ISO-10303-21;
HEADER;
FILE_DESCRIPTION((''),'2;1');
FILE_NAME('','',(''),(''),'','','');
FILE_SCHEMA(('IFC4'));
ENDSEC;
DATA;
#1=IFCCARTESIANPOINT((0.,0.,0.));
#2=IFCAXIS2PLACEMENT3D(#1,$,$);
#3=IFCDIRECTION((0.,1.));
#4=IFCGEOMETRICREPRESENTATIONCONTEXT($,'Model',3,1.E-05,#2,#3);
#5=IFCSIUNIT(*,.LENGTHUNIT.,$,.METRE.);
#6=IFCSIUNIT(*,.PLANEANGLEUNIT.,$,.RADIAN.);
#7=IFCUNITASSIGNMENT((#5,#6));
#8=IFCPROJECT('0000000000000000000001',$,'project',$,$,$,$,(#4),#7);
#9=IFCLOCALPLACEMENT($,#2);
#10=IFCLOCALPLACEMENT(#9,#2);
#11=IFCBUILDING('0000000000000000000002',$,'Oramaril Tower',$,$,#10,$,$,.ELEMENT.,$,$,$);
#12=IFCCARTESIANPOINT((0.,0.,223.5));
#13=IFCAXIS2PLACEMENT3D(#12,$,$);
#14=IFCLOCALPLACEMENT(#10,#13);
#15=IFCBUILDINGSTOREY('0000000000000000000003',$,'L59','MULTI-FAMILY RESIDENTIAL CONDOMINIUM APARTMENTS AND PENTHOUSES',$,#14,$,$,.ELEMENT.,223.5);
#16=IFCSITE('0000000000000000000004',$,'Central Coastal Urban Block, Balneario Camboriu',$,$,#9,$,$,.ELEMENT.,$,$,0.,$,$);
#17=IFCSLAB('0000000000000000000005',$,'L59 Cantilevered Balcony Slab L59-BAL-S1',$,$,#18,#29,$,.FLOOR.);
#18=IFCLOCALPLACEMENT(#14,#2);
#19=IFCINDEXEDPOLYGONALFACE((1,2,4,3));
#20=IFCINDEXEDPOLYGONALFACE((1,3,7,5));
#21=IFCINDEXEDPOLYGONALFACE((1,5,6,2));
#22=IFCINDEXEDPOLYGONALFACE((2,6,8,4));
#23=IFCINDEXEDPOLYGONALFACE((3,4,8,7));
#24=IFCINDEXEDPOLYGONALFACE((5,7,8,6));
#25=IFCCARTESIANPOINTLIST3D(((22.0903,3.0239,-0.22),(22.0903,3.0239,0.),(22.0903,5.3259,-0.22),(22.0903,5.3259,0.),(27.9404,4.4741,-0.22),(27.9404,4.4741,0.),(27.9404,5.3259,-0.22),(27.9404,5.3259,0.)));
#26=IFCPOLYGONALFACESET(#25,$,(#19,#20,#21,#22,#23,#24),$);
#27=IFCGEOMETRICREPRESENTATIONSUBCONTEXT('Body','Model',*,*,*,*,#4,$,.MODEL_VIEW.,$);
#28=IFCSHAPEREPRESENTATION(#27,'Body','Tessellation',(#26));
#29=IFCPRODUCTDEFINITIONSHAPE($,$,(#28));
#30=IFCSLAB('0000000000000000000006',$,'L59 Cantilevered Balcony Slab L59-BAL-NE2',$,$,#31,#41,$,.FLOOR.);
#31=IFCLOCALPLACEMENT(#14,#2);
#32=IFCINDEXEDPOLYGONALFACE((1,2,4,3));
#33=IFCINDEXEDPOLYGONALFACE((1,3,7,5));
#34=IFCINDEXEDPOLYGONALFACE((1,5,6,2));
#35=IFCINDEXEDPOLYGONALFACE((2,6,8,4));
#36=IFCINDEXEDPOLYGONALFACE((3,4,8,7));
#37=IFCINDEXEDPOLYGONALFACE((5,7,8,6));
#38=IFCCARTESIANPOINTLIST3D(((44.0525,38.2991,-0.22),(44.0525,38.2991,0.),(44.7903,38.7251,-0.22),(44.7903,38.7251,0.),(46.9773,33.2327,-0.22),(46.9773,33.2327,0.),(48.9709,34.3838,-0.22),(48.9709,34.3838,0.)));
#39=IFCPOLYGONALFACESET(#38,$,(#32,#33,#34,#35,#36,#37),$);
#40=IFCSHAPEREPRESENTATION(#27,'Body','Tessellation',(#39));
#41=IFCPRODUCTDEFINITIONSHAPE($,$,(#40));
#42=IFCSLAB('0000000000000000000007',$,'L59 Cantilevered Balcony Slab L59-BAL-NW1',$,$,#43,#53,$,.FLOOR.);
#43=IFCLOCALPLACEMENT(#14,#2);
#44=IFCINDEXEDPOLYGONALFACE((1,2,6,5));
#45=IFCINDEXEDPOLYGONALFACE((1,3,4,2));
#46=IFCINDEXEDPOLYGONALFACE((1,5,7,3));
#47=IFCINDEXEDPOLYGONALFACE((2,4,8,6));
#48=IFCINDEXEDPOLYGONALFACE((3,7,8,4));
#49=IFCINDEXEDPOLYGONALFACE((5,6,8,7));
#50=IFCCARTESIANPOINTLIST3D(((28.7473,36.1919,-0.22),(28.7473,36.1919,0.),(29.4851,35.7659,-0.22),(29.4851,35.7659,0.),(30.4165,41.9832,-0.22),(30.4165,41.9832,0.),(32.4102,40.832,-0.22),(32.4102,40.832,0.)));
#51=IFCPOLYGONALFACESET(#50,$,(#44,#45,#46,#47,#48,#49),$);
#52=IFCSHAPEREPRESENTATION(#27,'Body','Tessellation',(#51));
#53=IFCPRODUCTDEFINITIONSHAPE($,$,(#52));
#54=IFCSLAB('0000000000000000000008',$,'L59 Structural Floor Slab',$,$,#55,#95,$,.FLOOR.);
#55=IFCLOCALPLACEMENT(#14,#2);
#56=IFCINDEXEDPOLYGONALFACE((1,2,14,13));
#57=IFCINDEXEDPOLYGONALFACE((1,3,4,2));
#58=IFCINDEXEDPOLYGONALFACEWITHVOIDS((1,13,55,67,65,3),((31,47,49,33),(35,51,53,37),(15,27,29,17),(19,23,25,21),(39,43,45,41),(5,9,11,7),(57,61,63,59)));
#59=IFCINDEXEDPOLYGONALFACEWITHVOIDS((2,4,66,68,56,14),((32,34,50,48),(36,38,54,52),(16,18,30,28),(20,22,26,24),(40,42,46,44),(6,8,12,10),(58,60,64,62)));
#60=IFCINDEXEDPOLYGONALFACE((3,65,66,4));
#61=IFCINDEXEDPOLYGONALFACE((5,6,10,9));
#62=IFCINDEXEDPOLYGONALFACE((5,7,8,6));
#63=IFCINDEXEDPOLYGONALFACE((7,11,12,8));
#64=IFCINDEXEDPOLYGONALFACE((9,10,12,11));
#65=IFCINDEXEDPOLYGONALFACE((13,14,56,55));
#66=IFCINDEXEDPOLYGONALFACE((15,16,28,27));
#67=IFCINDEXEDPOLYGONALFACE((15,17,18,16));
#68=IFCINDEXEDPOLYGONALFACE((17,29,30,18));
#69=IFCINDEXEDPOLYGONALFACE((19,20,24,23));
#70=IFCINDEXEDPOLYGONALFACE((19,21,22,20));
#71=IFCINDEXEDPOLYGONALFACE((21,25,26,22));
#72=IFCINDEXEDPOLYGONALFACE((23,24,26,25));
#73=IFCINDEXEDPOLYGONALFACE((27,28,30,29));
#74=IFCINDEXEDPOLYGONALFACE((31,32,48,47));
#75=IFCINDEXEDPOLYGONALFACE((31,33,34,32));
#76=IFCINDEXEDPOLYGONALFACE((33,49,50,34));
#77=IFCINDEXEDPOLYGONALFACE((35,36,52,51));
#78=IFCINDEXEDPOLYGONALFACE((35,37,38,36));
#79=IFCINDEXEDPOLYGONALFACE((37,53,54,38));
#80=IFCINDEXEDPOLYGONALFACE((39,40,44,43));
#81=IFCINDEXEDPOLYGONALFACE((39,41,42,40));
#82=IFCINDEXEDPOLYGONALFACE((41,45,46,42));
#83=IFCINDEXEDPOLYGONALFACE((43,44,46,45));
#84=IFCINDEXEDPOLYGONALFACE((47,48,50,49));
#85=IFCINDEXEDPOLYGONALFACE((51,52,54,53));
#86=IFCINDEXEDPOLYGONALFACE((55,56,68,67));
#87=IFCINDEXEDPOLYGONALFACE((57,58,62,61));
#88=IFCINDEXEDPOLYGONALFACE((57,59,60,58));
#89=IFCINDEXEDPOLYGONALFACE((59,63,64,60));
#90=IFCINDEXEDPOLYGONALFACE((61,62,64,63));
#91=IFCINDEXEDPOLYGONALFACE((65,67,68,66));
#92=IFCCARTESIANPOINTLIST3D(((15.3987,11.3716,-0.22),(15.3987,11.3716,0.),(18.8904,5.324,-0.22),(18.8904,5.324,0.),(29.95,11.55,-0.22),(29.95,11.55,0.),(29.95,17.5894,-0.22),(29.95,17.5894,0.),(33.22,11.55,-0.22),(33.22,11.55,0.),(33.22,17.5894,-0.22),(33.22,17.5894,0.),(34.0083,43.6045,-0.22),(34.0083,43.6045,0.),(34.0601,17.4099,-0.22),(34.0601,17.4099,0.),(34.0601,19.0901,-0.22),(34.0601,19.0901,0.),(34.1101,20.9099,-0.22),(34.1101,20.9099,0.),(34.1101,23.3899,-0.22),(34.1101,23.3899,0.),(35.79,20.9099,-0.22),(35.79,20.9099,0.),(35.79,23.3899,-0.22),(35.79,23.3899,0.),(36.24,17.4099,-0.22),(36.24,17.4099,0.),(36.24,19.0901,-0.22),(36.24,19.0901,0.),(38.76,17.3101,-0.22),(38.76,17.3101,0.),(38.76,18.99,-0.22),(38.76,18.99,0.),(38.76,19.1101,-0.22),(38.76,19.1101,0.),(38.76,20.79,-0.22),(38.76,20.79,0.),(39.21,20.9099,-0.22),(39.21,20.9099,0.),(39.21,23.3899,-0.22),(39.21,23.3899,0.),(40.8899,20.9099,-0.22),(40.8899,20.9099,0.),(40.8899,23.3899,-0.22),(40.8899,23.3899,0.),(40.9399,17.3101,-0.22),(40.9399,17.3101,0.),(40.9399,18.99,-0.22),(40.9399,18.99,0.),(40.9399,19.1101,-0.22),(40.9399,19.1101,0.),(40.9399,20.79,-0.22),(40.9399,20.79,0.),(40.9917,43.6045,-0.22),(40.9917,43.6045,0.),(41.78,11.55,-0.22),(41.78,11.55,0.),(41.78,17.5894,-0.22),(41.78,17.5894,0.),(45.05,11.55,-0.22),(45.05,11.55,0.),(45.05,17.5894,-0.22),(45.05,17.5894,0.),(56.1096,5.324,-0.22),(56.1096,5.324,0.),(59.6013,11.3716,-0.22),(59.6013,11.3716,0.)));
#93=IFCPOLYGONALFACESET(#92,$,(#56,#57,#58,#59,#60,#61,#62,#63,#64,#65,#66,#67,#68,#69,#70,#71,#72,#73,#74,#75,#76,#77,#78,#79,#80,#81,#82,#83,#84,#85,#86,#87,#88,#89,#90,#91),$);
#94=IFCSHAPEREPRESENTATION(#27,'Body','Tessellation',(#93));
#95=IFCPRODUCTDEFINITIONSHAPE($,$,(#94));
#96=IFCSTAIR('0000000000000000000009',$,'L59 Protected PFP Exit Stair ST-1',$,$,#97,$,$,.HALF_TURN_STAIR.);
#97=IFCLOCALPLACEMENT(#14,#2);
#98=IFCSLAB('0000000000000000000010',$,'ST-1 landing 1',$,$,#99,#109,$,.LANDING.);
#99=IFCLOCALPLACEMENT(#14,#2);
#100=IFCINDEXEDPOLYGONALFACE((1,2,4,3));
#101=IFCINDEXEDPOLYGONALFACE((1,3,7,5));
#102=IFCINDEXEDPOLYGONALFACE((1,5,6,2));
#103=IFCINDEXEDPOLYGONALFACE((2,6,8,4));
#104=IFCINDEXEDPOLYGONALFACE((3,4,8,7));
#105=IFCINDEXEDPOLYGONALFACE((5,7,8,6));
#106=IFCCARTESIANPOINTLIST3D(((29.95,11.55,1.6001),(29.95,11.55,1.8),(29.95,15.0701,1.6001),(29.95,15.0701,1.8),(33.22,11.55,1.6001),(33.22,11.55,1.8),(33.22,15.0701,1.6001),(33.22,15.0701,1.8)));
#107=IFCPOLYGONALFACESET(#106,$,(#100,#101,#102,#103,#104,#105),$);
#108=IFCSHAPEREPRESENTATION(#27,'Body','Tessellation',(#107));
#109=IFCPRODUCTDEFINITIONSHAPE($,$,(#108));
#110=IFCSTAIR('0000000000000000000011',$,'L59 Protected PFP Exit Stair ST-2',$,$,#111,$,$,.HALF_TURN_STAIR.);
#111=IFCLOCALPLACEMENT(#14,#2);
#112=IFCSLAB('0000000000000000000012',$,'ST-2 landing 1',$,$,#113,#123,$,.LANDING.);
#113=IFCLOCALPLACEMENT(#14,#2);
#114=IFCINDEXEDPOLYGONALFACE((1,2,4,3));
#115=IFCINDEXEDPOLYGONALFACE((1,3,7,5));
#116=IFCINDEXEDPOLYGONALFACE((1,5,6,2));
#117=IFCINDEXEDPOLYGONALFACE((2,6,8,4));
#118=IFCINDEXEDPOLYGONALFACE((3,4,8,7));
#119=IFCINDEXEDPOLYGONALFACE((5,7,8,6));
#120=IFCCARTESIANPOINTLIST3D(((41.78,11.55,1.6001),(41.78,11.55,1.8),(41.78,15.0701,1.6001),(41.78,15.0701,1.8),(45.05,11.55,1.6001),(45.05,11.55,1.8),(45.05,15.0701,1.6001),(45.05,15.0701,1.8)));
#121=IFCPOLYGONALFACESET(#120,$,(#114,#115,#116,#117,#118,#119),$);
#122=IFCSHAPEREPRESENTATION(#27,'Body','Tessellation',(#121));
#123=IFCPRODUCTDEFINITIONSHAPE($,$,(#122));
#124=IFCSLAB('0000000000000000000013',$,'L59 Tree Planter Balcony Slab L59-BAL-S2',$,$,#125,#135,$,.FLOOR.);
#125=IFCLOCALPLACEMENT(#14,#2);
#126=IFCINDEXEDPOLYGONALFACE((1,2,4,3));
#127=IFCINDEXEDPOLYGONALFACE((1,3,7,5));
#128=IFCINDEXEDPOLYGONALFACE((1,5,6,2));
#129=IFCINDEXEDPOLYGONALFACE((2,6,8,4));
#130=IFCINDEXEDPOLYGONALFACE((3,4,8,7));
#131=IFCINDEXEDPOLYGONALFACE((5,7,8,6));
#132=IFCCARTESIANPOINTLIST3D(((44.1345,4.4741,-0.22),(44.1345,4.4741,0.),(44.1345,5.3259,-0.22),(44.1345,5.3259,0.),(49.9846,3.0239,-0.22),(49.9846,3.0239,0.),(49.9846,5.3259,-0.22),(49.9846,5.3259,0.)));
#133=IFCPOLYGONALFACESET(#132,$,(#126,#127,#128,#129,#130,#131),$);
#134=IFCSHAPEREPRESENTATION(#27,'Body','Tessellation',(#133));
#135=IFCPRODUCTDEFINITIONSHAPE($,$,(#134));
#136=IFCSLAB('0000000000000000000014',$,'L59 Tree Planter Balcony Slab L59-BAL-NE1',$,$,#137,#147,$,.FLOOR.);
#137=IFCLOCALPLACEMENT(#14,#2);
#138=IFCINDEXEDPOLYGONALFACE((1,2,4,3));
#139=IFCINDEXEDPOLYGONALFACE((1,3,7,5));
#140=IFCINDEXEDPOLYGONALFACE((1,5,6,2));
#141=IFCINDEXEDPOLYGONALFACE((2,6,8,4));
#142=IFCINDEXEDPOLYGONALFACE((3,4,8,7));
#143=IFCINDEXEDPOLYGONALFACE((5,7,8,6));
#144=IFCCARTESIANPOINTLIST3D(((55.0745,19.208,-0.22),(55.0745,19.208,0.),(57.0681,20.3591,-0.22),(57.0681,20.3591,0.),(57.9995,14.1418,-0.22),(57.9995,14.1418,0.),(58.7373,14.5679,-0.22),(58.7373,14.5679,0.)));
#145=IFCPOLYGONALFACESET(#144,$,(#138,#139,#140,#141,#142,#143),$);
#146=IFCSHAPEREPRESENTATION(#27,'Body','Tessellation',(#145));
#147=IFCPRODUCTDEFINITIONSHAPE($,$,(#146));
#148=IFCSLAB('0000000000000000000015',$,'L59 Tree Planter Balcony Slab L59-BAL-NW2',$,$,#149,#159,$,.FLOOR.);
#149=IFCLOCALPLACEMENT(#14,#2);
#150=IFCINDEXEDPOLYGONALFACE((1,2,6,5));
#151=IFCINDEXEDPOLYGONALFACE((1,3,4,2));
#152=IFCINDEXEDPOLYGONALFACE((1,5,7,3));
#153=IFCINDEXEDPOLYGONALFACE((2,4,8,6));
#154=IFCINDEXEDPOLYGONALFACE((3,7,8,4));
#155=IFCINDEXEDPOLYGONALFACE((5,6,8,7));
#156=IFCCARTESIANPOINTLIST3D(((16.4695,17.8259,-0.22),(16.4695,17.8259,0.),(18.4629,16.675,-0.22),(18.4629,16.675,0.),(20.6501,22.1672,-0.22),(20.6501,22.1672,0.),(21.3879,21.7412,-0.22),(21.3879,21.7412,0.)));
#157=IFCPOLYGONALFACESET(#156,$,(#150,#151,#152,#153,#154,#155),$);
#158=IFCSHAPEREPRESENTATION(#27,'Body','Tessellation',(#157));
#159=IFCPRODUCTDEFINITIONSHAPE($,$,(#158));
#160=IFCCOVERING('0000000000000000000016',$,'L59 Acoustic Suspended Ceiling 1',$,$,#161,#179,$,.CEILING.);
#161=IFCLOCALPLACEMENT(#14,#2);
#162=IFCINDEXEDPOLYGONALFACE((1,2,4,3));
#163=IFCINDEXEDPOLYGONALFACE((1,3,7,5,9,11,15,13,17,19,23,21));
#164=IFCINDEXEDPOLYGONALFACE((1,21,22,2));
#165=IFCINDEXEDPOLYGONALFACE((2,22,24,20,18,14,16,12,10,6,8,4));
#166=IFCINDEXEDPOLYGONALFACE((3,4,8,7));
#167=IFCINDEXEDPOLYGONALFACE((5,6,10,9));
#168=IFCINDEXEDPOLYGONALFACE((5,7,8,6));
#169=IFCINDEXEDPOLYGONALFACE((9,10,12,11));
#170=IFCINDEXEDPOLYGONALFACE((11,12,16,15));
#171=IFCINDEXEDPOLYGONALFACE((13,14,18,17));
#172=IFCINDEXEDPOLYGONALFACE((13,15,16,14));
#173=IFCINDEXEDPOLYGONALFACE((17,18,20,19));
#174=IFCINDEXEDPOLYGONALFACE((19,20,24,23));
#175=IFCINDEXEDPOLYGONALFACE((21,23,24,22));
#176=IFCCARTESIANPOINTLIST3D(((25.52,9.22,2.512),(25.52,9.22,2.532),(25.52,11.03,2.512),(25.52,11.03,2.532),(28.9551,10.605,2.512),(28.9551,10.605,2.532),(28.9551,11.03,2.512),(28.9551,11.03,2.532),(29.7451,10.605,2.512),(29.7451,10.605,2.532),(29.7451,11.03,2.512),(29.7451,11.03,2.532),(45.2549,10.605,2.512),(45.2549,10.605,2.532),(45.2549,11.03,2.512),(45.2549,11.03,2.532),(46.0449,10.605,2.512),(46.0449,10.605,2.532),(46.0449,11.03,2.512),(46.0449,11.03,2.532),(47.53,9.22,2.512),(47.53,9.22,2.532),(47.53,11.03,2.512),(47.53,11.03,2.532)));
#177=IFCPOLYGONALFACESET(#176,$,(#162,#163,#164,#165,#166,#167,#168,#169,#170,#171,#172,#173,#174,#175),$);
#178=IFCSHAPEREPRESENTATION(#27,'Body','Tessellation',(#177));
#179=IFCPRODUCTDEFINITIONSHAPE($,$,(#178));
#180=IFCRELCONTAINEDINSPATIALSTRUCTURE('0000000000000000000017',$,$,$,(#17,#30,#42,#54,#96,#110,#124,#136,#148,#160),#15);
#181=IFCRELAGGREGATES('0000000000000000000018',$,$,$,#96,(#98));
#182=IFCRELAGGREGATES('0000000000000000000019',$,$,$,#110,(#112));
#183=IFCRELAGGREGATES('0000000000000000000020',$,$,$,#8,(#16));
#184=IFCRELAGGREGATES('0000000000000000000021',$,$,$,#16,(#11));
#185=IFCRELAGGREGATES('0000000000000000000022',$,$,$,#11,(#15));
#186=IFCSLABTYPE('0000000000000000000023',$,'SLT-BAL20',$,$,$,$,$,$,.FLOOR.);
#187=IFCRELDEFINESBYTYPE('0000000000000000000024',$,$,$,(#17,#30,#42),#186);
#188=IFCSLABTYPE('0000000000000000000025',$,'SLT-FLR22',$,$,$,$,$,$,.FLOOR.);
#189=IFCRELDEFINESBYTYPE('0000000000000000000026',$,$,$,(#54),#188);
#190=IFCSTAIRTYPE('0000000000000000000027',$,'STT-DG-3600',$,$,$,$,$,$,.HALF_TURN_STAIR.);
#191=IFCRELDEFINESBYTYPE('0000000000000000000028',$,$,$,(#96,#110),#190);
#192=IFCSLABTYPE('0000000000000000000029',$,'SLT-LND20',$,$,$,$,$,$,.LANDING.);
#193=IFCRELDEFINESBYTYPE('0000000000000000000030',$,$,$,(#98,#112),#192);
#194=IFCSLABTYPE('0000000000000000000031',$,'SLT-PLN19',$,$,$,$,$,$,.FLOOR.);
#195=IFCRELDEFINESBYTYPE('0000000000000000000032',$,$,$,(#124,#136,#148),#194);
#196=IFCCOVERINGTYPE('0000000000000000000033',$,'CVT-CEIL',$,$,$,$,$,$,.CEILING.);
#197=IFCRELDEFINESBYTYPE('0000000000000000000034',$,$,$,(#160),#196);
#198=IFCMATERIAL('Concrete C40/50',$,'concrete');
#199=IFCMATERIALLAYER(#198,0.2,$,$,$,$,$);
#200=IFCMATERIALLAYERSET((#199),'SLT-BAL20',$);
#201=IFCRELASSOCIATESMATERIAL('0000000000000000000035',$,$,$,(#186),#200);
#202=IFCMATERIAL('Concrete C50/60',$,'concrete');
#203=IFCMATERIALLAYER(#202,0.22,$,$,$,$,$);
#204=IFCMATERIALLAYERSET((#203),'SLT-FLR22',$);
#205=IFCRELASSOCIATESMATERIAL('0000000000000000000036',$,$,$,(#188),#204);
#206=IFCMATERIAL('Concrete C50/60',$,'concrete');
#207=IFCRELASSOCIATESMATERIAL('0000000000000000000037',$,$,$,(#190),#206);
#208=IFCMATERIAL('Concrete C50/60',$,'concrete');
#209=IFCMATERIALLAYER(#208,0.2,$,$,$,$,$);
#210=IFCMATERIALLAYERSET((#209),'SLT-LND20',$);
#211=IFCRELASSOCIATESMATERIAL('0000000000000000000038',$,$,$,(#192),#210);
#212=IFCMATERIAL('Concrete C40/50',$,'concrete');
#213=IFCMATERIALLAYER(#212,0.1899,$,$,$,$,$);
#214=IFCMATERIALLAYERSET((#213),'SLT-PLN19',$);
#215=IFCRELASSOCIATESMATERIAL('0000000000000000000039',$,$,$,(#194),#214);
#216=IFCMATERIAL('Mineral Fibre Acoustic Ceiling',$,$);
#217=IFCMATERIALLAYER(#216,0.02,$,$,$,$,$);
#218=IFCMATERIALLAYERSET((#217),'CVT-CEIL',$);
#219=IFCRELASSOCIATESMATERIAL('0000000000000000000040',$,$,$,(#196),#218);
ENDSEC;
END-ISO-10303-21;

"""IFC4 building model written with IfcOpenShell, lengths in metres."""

from ifc_helpers import new_model, si_unit, direction, frame, origin, place, context, subcontext, project, spatial, polyline, outline, extrude, material, layer, layer_set, type_object, element, aggregate, save


model = new_model("IFC4")

# Units and contexts
model_context = context("Model", 3, precision=1e-05, world=origin(), true_north=direction((0.0, 1.0)))
body_context = subcontext(model_context, "Body", "Model", "MODEL_VIEW")
ifc_project = project(units=[si_unit("LENGTHUNIT", "METRE"), si_unit("PLANEANGLEUNIT", "RADIAN")], contexts=[model_context])

# Site, building, storey
site_placement = place(None, origin())
site = spatial("IfcSite", under=ifc_project, at=site_placement, Name="Central Coastal Urban Block, Balneario Camboriu", CompositionType="ELEMENT", RefElevation=0.0)
building_placement = place(site_placement, origin())
building = spatial("IfcBuilding", under=site, at=building_placement, Name="Oramaril Tower", CompositionType="ELEMENT")
storey_placement = place(building_placement, frame((0.0, 0.0, 223.5)))
storey = spatial("IfcBuildingStorey", under=building, at=storey_placement, Name="L59", Description="MULTI-FAMILY RESIDENTIAL CONDOMINIUM APARTMENTS AND PENTHOUSES", CompositionType="ELEMENT", Elevation=223.5)

# Slabs
ifc_material_1 = material(Name="Concrete C40/50", Category="concrete")
ifc_layer_1 = layer(ifc_material_1, 0.2)
ifc_layer_set_1 = layer_set([ifc_layer_1], Name="SLT-BAL20")
slab_type_1 = type_object("IfcSlabType", Name="SLT-BAL20", PredefinedType="FLOOR", material=ifc_layer_set_1)
slab_1_placement = place(storey_placement, frame((0.0, 0.0, -0.22)))
element("IfcSlab", 1, at=slab_1_placement, inside=storey, type_object=slab_type_1, Name="L59 Cantilevered Balcony Slab L59-BAL-S1", PredefinedType="FLOOR", context=body_context, shape_type="SweptSolid", body=[
    extrude(outline(polyline([(22.0903, 5.3259), (27.9404, 5.3259), (27.9404, 4.4741), (22.0903, 3.0239), (22.0903, 5.3259)])), origin(), (0.0, 0.0, 1.0), 0.22),
])
slab_2_placement = place(storey_placement, frame((0.0, 0.0, -0.22)))
element("IfcSlab", 2, at=slab_2_placement, inside=storey, type_object=slab_type_1, Name="L59 Cantilevered Balcony Slab L59-BAL-NE2", PredefinedType="FLOOR", context=body_context, shape_type="SweptSolid", body=[
    extrude(outline(polyline([(46.9773, 33.2327), (44.0525, 38.2991), (44.7903, 38.7251), (48.9709, 34.3838), (46.9773, 33.2327)])), origin(), (0.0, 0.0, 1.0), 0.22),
])
slab_3_placement = place(storey_placement, frame((0.0, 0.0, -0.22)))
element("IfcSlab", 3, at=slab_3_placement, inside=storey, type_object=slab_type_1, Name="L59 Cantilevered Balcony Slab L59-BAL-NW1", PredefinedType="FLOOR", context=body_context, shape_type="SweptSolid", body=[
    extrude(outline(polyline([(32.4102, 40.832), (29.4851, 35.7659), (28.7473, 36.1919), (30.4165, 41.9832), (32.4102, 40.832)])), origin(), (0.0, 0.0, 1.0), 0.22),
])
ifc_material_2 = material(Name="Concrete C50/60", Category="concrete")
ifc_layer_2 = layer(ifc_material_2, 0.22)
ifc_layer_set_2 = layer_set([ifc_layer_2], Name="SLT-FLR22")
slab_type_2 = type_object("IfcSlabType", Name="SLT-FLR22", PredefinedType="FLOOR", material=ifc_layer_set_2)
slab_4_placement = place(storey_placement, frame((0.0, 0.0, -0.22)))
element("IfcSlab", 4, at=slab_4_placement, inside=storey, type_object=slab_type_2, Name="L59 Structural Floor Slab", PredefinedType="FLOOR", context=body_context, shape_type="SweptSolid", body=[
    extrude(outline(polyline([(15.3987, 11.3716), (18.8904, 5.324), (56.1096, 5.324), (59.6013, 11.3716), (40.9917, 43.6045), (34.0083, 43.6045), (15.3987, 11.3716)]), holes=[polyline([(29.95, 17.5894), (29.95, 11.55), (33.22, 11.55), (33.22, 17.5894), (29.95, 17.5894)]), polyline([(41.78, 17.5894), (41.78, 11.55), (45.05, 11.55), (45.05, 17.5894), (41.78, 17.5894)]), polyline([(34.1101, 20.9099), (35.79, 20.9099), (35.79, 23.3899), (34.1101, 23.3899), (34.1101, 20.9099)]), polyline([(39.21, 20.9099), (40.8899, 20.9099), (40.8899, 23.3899), (39.21, 23.3899), (39.21, 20.9099)]), polyline([(34.0601, 17.4099), (36.24, 17.4099), (36.24, 19.0901), (34.0601, 19.0901), (34.0601, 17.4099)]), polyline([(38.76, 17.3101), (40.9399, 17.3101), (40.9399, 18.99), (38.76, 18.99), (38.76, 17.3101)]), polyline([(38.76, 19.1101), (40.9399, 19.1101), (40.9399, 20.79), (38.76, 20.79), (38.76, 19.1101)])]), origin(), (0.0, 0.0, 1.0), 0.22),
])

# Stairs, slabs
ifc_material_3 = material(Name="Concrete C50/60", Category="concrete")
stair_type = type_object("IfcStairType", Name="STT-DG-3600", PredefinedType="HALF_TURN_STAIR", material=ifc_material_3)
stair_1_placement = place(storey_placement, origin())
stair_1 = element("IfcStair", 5, at=stair_1_placement, inside=storey, type_object=stair_type, Name="L59 Protected PFP Exit Stair ST-1", PredefinedType="HALF_TURN_STAIR")
ifc_material_4 = material(Name="Concrete C50/60", Category="concrete")
ifc_layer_3 = layer(ifc_material_4, 0.2)
ifc_layer_set_3 = layer_set([ifc_layer_3], Name="SLT-LND20")
slab_type_3 = type_object("IfcSlabType", Name="SLT-LND20", PredefinedType="LANDING", material=ifc_layer_set_3)
slab_5_placement = place(storey_placement, frame((0.0, 0.0, 1.6001)))
slab_5 = element("IfcSlab", 6, at=slab_5_placement, type_object=slab_type_3, Name="ST-1 landing 1", PredefinedType="LANDING", context=body_context, shape_type="SweptSolid", body=[
    extrude(outline(polyline([(29.95, 15.0701), (29.95, 11.55), (33.22, 11.55), (33.22, 15.0701), (29.95, 15.0701)])), origin(), (0.0, 0.0, 1.0), 0.2),
])
aggregate(stair_1, [slab_5])
stair_2_placement = place(storey_placement, origin())
stair_2 = element("IfcStair", 7, at=stair_2_placement, inside=storey, type_object=stair_type, Name="L59 Protected PFP Exit Stair ST-2", PredefinedType="HALF_TURN_STAIR")
slab_6_placement = place(storey_placement, frame((0.0, 0.0, 1.6001)))
slab_6 = element("IfcSlab", 8, at=slab_6_placement, type_object=slab_type_3, Name="ST-2 landing 1", PredefinedType="LANDING", context=body_context, shape_type="SweptSolid", body=[
    extrude(outline(polyline([(41.78, 15.0701), (41.78, 11.55), (45.05, 11.55), (45.05, 15.0701), (41.78, 15.0701)])), origin(), (0.0, 0.0, 1.0), 0.2),
])
aggregate(stair_2, [slab_6])

# Slabs
ifc_material_5 = material(Name="Concrete C40/50", Category="concrete")
ifc_layer_4 = layer(ifc_material_5, 0.1899)
ifc_layer_set_4 = layer_set([ifc_layer_4], Name="SLT-PLN19")
slab_type_4 = type_object("IfcSlabType", Name="SLT-PLN19", PredefinedType="FLOOR", material=ifc_layer_set_4)
slab_7_placement = place(storey_placement, frame((0.0, 0.0, -0.22)))
element("IfcSlab", 9, at=slab_7_placement, inside=storey, type_object=slab_type_4, Name="L59 Tree Planter Balcony Slab L59-BAL-S2", PredefinedType="FLOOR", context=body_context, shape_type="SweptSolid", body=[
    extrude(outline(polyline([(44.1345, 5.3259), (49.9846, 5.3259), (49.9846, 3.0239), (44.1345, 4.4741), (44.1345, 5.3259)])), origin(), (0.0, 0.0, 1.0), 0.22),
])
slab_8_placement = place(storey_placement, frame((0.0, 0.0, -0.22)))
element("IfcSlab", 10, at=slab_8_placement, inside=storey, type_object=slab_type_4, Name="L59 Tree Planter Balcony Slab L59-BAL-NE1", PredefinedType="FLOOR", context=body_context, shape_type="SweptSolid", body=[
    extrude(outline(polyline([(57.9995, 14.1418), (55.0745, 19.208), (57.0681, 20.3591), (58.7373, 14.5679), (57.9995, 14.1418)])), origin(), (0.0, 0.0, 1.0), 0.22),
])
slab_9_placement = place(storey_placement, frame((0.0, 0.0, -0.22)))
element("IfcSlab", 11, at=slab_9_placement, inside=storey, type_object=slab_type_4, Name="L59 Tree Planter Balcony Slab L59-BAL-NW2", PredefinedType="FLOOR", context=body_context, shape_type="SweptSolid", body=[
    extrude(outline(polyline([(21.3879, 21.7412), (18.4629, 16.675), (16.4695, 17.8259), (20.6501, 22.1672), (21.3879, 21.7412)])), origin(), (0.0, 0.0, 1.0), 0.22),
])

# Covering
ifc_material_6 = material(Name="Mineral Fibre Acoustic Ceiling")
ifc_layer_5 = layer(ifc_material_6, 0.02)
ifc_layer_set_5 = layer_set([ifc_layer_5], Name="CVT-CEIL")
covering_type_1 = type_object("IfcCoveringType", Name="CVT-CEIL", PredefinedType="CEILING", material=ifc_layer_set_5)
covering_1_placement = place(storey_placement, frame((0.0, 0.0, 2.512)))
element("IfcCovering", 12, at=covering_1_placement, inside=storey, type_object=covering_type_1, Name="L59 Acoustic Suspended Ceiling 1", PredefinedType="CEILING", context=body_context, shape_type="SweptSolid", body=[
    extrude(outline(polyline([(28.9551, 10.605), (29.7451, 10.605), (29.7451, 11.03), (45.2549, 11.03), (45.2549, 10.605), (46.0449, 10.605), (46.0449, 11.03), (47.53, 11.03), (47.53, 9.22), (25.52, 9.22), (25.52, 11.03), (28.9551, 11.03), (28.9551, 10.605)])), origin(), (0.0, 0.0, 1.0), 0.02),
])

save(model, "model.ifc")
